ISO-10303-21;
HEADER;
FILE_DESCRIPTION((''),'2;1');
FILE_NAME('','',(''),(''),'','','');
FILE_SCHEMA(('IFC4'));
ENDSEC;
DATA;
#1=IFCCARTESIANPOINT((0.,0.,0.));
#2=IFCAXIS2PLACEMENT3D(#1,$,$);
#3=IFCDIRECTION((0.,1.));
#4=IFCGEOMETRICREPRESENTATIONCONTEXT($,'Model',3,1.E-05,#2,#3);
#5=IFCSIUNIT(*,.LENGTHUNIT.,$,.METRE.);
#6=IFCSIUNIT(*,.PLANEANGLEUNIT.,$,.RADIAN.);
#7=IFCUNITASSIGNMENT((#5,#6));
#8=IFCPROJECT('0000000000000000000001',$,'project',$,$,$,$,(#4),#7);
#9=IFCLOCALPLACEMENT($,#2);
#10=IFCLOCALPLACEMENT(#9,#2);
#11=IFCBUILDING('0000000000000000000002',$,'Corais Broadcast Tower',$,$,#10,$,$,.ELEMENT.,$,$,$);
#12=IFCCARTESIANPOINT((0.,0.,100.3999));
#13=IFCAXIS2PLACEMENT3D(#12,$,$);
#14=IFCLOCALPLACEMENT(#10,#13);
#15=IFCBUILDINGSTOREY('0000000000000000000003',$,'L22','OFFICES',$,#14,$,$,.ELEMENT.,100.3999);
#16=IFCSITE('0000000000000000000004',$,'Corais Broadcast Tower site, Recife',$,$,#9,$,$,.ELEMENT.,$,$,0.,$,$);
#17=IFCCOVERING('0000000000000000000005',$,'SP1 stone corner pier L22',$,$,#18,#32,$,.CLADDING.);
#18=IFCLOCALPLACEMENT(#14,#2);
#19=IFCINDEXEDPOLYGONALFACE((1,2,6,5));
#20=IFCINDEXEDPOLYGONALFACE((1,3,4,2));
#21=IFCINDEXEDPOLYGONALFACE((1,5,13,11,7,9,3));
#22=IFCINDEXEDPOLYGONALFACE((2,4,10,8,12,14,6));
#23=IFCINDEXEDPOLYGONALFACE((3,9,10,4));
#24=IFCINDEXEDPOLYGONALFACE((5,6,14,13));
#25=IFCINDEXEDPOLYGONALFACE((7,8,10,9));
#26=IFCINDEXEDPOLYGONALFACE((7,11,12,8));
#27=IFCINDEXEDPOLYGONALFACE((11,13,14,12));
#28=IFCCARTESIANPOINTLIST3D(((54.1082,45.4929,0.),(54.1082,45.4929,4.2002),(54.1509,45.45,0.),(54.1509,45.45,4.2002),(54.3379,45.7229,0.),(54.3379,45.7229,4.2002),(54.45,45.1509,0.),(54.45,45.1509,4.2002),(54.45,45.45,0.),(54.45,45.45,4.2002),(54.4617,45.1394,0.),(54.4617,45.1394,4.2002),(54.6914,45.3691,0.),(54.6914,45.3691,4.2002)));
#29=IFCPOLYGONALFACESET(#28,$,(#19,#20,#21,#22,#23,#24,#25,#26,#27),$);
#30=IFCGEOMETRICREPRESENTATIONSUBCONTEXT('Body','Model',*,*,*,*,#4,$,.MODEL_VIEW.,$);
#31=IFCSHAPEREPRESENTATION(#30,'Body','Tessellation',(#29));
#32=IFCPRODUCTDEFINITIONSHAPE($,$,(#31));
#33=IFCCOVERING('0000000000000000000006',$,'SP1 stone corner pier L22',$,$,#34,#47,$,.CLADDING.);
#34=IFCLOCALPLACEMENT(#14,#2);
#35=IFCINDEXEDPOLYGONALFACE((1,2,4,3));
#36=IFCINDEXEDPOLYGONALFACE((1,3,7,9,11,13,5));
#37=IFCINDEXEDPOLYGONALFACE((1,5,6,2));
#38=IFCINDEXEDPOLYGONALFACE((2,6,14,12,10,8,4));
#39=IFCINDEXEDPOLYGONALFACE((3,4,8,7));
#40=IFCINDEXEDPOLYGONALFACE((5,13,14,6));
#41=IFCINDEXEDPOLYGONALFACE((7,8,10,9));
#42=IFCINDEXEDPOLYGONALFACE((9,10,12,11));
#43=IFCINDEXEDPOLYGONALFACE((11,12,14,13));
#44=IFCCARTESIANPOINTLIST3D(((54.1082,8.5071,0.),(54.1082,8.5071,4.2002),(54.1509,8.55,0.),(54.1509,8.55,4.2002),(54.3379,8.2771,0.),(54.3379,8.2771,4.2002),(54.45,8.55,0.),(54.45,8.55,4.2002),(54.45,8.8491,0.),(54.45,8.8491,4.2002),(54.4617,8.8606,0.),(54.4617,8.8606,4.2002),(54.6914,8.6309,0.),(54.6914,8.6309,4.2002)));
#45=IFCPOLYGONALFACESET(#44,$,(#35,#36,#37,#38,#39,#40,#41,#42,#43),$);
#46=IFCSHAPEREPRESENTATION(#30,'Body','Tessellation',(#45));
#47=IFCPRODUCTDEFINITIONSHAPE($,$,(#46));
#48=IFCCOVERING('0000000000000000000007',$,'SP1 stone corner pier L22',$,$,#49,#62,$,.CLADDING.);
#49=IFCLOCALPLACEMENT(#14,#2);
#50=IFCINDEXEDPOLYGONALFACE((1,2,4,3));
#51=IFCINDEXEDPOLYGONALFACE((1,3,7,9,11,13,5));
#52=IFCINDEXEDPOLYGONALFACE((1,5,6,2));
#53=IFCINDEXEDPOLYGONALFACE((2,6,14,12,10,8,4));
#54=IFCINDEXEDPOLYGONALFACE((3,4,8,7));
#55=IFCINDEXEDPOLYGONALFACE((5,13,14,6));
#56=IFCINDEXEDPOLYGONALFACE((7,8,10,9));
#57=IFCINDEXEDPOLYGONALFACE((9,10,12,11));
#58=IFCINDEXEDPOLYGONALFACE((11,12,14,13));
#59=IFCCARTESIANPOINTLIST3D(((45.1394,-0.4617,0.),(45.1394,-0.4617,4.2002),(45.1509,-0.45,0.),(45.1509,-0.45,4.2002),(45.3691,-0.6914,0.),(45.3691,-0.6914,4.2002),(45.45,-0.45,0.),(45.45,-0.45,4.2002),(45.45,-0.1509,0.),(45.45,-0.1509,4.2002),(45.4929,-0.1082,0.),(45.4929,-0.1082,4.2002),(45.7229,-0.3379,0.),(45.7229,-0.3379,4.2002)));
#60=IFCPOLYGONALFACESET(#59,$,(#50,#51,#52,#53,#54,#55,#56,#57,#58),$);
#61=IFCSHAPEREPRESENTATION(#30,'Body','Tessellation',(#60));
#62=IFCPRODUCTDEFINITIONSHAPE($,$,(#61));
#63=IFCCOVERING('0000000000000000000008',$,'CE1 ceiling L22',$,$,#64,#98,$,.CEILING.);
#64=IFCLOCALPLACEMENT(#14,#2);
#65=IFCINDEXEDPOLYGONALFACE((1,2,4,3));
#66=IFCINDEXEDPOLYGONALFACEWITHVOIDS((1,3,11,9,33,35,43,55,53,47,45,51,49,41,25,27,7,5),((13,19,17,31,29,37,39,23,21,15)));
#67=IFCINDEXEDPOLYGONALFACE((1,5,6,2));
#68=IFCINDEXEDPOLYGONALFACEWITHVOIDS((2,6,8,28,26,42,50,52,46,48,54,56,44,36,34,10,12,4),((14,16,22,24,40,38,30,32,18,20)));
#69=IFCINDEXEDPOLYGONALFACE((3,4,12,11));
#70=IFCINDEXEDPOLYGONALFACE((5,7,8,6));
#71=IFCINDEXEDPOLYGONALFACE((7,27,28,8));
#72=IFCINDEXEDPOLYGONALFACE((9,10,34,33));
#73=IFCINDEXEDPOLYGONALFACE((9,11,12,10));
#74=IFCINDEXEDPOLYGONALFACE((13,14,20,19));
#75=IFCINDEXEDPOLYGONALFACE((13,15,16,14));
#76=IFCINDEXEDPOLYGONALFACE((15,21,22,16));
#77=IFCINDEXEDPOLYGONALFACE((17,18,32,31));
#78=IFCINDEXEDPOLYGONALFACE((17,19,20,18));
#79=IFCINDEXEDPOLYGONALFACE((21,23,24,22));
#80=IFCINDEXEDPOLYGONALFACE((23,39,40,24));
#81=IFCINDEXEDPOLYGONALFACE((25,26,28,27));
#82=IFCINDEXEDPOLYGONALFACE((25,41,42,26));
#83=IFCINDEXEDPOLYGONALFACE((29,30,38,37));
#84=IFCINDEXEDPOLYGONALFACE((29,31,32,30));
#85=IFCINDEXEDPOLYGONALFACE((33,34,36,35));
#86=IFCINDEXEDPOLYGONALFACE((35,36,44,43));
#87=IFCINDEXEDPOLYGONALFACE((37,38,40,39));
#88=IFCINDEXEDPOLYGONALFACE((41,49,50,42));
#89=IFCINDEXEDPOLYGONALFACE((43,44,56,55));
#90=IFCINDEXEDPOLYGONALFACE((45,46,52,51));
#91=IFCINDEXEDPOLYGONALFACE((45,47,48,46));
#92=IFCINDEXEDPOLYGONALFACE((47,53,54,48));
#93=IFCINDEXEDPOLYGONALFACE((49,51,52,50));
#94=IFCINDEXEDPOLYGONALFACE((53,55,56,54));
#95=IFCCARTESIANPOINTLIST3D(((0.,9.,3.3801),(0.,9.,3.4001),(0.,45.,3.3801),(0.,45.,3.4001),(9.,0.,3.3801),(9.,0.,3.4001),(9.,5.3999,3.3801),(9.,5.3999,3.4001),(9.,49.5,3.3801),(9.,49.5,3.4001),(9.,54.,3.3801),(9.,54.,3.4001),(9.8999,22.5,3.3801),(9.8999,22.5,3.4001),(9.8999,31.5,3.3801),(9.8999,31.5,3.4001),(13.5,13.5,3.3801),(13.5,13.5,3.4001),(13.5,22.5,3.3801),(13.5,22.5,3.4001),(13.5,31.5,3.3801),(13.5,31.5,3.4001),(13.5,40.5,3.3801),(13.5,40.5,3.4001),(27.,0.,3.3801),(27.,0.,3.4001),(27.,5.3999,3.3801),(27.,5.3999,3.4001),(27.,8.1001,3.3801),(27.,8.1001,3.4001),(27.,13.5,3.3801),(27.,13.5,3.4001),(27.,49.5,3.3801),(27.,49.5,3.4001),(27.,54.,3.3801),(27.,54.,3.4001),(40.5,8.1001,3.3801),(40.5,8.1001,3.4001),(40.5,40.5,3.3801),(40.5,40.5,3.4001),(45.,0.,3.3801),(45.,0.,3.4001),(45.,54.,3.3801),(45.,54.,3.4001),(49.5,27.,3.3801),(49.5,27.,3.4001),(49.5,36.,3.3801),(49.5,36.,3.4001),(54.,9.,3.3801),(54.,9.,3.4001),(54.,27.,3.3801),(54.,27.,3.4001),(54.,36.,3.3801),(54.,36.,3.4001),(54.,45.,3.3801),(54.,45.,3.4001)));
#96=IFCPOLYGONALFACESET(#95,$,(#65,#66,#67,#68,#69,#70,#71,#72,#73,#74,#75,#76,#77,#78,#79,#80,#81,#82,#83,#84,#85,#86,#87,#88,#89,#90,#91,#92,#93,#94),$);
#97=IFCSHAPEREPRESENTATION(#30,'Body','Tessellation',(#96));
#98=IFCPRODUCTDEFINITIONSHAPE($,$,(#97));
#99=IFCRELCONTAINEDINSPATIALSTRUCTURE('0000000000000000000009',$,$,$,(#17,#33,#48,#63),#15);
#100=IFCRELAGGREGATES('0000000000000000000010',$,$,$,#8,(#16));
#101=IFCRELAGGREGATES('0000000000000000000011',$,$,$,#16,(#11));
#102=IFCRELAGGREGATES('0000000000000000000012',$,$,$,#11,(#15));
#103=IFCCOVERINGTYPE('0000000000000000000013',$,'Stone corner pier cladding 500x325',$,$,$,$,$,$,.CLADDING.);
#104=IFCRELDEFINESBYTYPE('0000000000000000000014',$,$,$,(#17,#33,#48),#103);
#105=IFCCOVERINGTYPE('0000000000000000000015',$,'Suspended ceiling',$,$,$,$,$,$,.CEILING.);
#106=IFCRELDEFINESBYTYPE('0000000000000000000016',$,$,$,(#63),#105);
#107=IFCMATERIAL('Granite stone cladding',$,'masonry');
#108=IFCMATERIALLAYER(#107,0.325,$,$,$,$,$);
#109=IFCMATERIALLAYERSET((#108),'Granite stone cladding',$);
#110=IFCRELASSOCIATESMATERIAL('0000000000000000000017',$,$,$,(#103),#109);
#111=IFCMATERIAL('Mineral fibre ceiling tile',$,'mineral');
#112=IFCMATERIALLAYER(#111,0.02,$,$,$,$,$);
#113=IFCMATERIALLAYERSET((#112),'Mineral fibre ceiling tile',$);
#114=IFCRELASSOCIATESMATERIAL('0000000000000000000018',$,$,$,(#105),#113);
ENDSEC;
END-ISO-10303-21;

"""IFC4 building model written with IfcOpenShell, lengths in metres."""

from ifc_helpers import new_model, si_unit, direction, frame, origin, place, context, subcontext, project, spatial, polyline, outline, extrude, material, layer, layer_set, type_object, element, save


model = new_model("IFC4")

# Units and contexts
model_context = context("Model", 3, precision=1e-05, world=origin(), true_north=direction((0.0, 1.0)))
body_context = subcontext(model_context, "Body", "Model", "MODEL_VIEW")
ifc_project = project(units=[si_unit("LENGTHUNIT", "METRE"), si_unit("PLANEANGLEUNIT", "RADIAN")], contexts=[model_context])

# Site, building, storey
site_placement = place(None, origin())
site = spatial("IfcSite", under=ifc_project, at=site_placement, Name="Corais Broadcast Tower site, Recife", CompositionType="ELEMENT", RefElevation=0.0)
building_placement = place(site_placement, origin())
building = spatial("IfcBuilding", under=site, at=building_placement, Name="Corais Broadcast Tower", CompositionType="ELEMENT")
storey_placement = place(building_placement, frame((0.0, 0.0, 100.3999)))
storey = spatial("IfcBuildingStorey", under=building, at=storey_placement, Name="L22", Description="OFFICES", CompositionType="ELEMENT", Elevation=100.3999)

# Coverings
ifc_material_1 = material(Name="Granite stone cladding", Category="masonry")
ifc_layer_1 = layer(ifc_material_1, 0.325)
ifc_layer_set_1 = layer_set([ifc_layer_1], Name="Granite stone cladding")
covering_type_1 = type_object("IfcCoveringType", Name="Stone corner pier cladding 500x325", PredefinedType="CLADDING", material=ifc_layer_set_1)
covering_1_placement = place(storey_placement, origin())
element("IfcCovering", 1, at=covering_1_placement, inside=storey, type_object=covering_type_1, Name="SP1 stone corner pier L22", PredefinedType="CLADDING", context=body_context, shape_type="SweptSolid", body=[
    extrude(outline(polyline([(54.45, 45.1509), (54.4617, 45.1394), (54.6914, 45.3691), (54.3379, 45.7229), (54.1082, 45.4929), (54.1509, 45.45), (54.45, 45.45), (54.45, 45.1509)])), origin(), (0.0, 0.0, 1.0), 4.2002),
])
covering_2_placement = place(storey_placement, origin())
element("IfcCovering", 2, at=covering_2_placement, inside=storey, type_object=covering_type_1, Name="SP1 stone corner pier L22", PredefinedType="CLADDING", context=body_context, shape_type="SweptSolid", body=[
    extrude(outline(polyline([(54.4617, 8.8606), (54.45, 8.8491), (54.45, 8.55), (54.1509, 8.55), (54.1082, 8.5071), (54.3379, 8.2771), (54.6914, 8.6309), (54.4617, 8.8606)])), origin(), (0.0, 0.0, 1.0), 4.2002),
])
covering_3_placement = place(storey_placement, origin())
element("IfcCovering", 3, at=covering_3_placement, inside=storey, type_object=covering_type_1, Name="SP1 stone corner pier L22", PredefinedType="CLADDING", context=body_context, shape_type="SweptSolid", body=[
    extrude(outline(polyline([(45.1509, -0.45), (45.1394, -0.4617), (45.3691, -0.6914), (45.7229, -0.3379), (45.4929, -0.1082), (45.45, -0.1509), (45.45, -0.45), (45.1509, -0.45)])), origin(), (0.0, 0.0, 1.0), 4.2002),
])
ifc_material_2 = material(Name="Mineral fibre ceiling tile", Category="mineral")
ifc_layer_2 = layer(ifc_material_2, 0.02)
ifc_layer_set_2 = layer_set([ifc_layer_2], Name="Mineral fibre ceiling tile")
covering_type_2 = type_object("IfcCoveringType", Name="Suspended ceiling", PredefinedType="CEILING", material=ifc_layer_set_2)
covering_4_placement = place(storey_placement, frame((0.0, 0.0, 3.3801)))
element("IfcCovering", 4, at=covering_4_placement, inside=storey, type_object=covering_type_2, Name="CE1 ceiling L22", PredefinedType="CEILING", context=body_context, shape_type="SweptSolid", body=[
    extrude(outline(polyline([(9.0, 5.3999), (9.0, 0.0), (0.0, 9.0), (0.0, 45.0), (9.0, 54.0), (9.0, 49.5), (27.0, 49.5), (27.0, 54.0), (45.0, 54.0), (54.0, 45.0), (54.0, 36.0), (49.5, 36.0), (49.5, 27.0), (54.0, 27.0), (54.0, 9.0), (45.0, 0.0), (27.0, 0.0), (27.0, 5.3999), (9.0, 5.3999)]), holes=[polyline([(13.5, 31.5), (9.8999, 31.5), (9.8999, 22.5), (13.5, 22.5), (13.5, 13.5), (27.0, 13.5), (27.0, 8.1001), (40.5, 8.1001), (40.5, 40.5), (13.5, 40.5), (13.5, 31.5)])]), origin(), (0.0, 0.0, 1.0), 0.02),
])

save(model, "model.ifc")
